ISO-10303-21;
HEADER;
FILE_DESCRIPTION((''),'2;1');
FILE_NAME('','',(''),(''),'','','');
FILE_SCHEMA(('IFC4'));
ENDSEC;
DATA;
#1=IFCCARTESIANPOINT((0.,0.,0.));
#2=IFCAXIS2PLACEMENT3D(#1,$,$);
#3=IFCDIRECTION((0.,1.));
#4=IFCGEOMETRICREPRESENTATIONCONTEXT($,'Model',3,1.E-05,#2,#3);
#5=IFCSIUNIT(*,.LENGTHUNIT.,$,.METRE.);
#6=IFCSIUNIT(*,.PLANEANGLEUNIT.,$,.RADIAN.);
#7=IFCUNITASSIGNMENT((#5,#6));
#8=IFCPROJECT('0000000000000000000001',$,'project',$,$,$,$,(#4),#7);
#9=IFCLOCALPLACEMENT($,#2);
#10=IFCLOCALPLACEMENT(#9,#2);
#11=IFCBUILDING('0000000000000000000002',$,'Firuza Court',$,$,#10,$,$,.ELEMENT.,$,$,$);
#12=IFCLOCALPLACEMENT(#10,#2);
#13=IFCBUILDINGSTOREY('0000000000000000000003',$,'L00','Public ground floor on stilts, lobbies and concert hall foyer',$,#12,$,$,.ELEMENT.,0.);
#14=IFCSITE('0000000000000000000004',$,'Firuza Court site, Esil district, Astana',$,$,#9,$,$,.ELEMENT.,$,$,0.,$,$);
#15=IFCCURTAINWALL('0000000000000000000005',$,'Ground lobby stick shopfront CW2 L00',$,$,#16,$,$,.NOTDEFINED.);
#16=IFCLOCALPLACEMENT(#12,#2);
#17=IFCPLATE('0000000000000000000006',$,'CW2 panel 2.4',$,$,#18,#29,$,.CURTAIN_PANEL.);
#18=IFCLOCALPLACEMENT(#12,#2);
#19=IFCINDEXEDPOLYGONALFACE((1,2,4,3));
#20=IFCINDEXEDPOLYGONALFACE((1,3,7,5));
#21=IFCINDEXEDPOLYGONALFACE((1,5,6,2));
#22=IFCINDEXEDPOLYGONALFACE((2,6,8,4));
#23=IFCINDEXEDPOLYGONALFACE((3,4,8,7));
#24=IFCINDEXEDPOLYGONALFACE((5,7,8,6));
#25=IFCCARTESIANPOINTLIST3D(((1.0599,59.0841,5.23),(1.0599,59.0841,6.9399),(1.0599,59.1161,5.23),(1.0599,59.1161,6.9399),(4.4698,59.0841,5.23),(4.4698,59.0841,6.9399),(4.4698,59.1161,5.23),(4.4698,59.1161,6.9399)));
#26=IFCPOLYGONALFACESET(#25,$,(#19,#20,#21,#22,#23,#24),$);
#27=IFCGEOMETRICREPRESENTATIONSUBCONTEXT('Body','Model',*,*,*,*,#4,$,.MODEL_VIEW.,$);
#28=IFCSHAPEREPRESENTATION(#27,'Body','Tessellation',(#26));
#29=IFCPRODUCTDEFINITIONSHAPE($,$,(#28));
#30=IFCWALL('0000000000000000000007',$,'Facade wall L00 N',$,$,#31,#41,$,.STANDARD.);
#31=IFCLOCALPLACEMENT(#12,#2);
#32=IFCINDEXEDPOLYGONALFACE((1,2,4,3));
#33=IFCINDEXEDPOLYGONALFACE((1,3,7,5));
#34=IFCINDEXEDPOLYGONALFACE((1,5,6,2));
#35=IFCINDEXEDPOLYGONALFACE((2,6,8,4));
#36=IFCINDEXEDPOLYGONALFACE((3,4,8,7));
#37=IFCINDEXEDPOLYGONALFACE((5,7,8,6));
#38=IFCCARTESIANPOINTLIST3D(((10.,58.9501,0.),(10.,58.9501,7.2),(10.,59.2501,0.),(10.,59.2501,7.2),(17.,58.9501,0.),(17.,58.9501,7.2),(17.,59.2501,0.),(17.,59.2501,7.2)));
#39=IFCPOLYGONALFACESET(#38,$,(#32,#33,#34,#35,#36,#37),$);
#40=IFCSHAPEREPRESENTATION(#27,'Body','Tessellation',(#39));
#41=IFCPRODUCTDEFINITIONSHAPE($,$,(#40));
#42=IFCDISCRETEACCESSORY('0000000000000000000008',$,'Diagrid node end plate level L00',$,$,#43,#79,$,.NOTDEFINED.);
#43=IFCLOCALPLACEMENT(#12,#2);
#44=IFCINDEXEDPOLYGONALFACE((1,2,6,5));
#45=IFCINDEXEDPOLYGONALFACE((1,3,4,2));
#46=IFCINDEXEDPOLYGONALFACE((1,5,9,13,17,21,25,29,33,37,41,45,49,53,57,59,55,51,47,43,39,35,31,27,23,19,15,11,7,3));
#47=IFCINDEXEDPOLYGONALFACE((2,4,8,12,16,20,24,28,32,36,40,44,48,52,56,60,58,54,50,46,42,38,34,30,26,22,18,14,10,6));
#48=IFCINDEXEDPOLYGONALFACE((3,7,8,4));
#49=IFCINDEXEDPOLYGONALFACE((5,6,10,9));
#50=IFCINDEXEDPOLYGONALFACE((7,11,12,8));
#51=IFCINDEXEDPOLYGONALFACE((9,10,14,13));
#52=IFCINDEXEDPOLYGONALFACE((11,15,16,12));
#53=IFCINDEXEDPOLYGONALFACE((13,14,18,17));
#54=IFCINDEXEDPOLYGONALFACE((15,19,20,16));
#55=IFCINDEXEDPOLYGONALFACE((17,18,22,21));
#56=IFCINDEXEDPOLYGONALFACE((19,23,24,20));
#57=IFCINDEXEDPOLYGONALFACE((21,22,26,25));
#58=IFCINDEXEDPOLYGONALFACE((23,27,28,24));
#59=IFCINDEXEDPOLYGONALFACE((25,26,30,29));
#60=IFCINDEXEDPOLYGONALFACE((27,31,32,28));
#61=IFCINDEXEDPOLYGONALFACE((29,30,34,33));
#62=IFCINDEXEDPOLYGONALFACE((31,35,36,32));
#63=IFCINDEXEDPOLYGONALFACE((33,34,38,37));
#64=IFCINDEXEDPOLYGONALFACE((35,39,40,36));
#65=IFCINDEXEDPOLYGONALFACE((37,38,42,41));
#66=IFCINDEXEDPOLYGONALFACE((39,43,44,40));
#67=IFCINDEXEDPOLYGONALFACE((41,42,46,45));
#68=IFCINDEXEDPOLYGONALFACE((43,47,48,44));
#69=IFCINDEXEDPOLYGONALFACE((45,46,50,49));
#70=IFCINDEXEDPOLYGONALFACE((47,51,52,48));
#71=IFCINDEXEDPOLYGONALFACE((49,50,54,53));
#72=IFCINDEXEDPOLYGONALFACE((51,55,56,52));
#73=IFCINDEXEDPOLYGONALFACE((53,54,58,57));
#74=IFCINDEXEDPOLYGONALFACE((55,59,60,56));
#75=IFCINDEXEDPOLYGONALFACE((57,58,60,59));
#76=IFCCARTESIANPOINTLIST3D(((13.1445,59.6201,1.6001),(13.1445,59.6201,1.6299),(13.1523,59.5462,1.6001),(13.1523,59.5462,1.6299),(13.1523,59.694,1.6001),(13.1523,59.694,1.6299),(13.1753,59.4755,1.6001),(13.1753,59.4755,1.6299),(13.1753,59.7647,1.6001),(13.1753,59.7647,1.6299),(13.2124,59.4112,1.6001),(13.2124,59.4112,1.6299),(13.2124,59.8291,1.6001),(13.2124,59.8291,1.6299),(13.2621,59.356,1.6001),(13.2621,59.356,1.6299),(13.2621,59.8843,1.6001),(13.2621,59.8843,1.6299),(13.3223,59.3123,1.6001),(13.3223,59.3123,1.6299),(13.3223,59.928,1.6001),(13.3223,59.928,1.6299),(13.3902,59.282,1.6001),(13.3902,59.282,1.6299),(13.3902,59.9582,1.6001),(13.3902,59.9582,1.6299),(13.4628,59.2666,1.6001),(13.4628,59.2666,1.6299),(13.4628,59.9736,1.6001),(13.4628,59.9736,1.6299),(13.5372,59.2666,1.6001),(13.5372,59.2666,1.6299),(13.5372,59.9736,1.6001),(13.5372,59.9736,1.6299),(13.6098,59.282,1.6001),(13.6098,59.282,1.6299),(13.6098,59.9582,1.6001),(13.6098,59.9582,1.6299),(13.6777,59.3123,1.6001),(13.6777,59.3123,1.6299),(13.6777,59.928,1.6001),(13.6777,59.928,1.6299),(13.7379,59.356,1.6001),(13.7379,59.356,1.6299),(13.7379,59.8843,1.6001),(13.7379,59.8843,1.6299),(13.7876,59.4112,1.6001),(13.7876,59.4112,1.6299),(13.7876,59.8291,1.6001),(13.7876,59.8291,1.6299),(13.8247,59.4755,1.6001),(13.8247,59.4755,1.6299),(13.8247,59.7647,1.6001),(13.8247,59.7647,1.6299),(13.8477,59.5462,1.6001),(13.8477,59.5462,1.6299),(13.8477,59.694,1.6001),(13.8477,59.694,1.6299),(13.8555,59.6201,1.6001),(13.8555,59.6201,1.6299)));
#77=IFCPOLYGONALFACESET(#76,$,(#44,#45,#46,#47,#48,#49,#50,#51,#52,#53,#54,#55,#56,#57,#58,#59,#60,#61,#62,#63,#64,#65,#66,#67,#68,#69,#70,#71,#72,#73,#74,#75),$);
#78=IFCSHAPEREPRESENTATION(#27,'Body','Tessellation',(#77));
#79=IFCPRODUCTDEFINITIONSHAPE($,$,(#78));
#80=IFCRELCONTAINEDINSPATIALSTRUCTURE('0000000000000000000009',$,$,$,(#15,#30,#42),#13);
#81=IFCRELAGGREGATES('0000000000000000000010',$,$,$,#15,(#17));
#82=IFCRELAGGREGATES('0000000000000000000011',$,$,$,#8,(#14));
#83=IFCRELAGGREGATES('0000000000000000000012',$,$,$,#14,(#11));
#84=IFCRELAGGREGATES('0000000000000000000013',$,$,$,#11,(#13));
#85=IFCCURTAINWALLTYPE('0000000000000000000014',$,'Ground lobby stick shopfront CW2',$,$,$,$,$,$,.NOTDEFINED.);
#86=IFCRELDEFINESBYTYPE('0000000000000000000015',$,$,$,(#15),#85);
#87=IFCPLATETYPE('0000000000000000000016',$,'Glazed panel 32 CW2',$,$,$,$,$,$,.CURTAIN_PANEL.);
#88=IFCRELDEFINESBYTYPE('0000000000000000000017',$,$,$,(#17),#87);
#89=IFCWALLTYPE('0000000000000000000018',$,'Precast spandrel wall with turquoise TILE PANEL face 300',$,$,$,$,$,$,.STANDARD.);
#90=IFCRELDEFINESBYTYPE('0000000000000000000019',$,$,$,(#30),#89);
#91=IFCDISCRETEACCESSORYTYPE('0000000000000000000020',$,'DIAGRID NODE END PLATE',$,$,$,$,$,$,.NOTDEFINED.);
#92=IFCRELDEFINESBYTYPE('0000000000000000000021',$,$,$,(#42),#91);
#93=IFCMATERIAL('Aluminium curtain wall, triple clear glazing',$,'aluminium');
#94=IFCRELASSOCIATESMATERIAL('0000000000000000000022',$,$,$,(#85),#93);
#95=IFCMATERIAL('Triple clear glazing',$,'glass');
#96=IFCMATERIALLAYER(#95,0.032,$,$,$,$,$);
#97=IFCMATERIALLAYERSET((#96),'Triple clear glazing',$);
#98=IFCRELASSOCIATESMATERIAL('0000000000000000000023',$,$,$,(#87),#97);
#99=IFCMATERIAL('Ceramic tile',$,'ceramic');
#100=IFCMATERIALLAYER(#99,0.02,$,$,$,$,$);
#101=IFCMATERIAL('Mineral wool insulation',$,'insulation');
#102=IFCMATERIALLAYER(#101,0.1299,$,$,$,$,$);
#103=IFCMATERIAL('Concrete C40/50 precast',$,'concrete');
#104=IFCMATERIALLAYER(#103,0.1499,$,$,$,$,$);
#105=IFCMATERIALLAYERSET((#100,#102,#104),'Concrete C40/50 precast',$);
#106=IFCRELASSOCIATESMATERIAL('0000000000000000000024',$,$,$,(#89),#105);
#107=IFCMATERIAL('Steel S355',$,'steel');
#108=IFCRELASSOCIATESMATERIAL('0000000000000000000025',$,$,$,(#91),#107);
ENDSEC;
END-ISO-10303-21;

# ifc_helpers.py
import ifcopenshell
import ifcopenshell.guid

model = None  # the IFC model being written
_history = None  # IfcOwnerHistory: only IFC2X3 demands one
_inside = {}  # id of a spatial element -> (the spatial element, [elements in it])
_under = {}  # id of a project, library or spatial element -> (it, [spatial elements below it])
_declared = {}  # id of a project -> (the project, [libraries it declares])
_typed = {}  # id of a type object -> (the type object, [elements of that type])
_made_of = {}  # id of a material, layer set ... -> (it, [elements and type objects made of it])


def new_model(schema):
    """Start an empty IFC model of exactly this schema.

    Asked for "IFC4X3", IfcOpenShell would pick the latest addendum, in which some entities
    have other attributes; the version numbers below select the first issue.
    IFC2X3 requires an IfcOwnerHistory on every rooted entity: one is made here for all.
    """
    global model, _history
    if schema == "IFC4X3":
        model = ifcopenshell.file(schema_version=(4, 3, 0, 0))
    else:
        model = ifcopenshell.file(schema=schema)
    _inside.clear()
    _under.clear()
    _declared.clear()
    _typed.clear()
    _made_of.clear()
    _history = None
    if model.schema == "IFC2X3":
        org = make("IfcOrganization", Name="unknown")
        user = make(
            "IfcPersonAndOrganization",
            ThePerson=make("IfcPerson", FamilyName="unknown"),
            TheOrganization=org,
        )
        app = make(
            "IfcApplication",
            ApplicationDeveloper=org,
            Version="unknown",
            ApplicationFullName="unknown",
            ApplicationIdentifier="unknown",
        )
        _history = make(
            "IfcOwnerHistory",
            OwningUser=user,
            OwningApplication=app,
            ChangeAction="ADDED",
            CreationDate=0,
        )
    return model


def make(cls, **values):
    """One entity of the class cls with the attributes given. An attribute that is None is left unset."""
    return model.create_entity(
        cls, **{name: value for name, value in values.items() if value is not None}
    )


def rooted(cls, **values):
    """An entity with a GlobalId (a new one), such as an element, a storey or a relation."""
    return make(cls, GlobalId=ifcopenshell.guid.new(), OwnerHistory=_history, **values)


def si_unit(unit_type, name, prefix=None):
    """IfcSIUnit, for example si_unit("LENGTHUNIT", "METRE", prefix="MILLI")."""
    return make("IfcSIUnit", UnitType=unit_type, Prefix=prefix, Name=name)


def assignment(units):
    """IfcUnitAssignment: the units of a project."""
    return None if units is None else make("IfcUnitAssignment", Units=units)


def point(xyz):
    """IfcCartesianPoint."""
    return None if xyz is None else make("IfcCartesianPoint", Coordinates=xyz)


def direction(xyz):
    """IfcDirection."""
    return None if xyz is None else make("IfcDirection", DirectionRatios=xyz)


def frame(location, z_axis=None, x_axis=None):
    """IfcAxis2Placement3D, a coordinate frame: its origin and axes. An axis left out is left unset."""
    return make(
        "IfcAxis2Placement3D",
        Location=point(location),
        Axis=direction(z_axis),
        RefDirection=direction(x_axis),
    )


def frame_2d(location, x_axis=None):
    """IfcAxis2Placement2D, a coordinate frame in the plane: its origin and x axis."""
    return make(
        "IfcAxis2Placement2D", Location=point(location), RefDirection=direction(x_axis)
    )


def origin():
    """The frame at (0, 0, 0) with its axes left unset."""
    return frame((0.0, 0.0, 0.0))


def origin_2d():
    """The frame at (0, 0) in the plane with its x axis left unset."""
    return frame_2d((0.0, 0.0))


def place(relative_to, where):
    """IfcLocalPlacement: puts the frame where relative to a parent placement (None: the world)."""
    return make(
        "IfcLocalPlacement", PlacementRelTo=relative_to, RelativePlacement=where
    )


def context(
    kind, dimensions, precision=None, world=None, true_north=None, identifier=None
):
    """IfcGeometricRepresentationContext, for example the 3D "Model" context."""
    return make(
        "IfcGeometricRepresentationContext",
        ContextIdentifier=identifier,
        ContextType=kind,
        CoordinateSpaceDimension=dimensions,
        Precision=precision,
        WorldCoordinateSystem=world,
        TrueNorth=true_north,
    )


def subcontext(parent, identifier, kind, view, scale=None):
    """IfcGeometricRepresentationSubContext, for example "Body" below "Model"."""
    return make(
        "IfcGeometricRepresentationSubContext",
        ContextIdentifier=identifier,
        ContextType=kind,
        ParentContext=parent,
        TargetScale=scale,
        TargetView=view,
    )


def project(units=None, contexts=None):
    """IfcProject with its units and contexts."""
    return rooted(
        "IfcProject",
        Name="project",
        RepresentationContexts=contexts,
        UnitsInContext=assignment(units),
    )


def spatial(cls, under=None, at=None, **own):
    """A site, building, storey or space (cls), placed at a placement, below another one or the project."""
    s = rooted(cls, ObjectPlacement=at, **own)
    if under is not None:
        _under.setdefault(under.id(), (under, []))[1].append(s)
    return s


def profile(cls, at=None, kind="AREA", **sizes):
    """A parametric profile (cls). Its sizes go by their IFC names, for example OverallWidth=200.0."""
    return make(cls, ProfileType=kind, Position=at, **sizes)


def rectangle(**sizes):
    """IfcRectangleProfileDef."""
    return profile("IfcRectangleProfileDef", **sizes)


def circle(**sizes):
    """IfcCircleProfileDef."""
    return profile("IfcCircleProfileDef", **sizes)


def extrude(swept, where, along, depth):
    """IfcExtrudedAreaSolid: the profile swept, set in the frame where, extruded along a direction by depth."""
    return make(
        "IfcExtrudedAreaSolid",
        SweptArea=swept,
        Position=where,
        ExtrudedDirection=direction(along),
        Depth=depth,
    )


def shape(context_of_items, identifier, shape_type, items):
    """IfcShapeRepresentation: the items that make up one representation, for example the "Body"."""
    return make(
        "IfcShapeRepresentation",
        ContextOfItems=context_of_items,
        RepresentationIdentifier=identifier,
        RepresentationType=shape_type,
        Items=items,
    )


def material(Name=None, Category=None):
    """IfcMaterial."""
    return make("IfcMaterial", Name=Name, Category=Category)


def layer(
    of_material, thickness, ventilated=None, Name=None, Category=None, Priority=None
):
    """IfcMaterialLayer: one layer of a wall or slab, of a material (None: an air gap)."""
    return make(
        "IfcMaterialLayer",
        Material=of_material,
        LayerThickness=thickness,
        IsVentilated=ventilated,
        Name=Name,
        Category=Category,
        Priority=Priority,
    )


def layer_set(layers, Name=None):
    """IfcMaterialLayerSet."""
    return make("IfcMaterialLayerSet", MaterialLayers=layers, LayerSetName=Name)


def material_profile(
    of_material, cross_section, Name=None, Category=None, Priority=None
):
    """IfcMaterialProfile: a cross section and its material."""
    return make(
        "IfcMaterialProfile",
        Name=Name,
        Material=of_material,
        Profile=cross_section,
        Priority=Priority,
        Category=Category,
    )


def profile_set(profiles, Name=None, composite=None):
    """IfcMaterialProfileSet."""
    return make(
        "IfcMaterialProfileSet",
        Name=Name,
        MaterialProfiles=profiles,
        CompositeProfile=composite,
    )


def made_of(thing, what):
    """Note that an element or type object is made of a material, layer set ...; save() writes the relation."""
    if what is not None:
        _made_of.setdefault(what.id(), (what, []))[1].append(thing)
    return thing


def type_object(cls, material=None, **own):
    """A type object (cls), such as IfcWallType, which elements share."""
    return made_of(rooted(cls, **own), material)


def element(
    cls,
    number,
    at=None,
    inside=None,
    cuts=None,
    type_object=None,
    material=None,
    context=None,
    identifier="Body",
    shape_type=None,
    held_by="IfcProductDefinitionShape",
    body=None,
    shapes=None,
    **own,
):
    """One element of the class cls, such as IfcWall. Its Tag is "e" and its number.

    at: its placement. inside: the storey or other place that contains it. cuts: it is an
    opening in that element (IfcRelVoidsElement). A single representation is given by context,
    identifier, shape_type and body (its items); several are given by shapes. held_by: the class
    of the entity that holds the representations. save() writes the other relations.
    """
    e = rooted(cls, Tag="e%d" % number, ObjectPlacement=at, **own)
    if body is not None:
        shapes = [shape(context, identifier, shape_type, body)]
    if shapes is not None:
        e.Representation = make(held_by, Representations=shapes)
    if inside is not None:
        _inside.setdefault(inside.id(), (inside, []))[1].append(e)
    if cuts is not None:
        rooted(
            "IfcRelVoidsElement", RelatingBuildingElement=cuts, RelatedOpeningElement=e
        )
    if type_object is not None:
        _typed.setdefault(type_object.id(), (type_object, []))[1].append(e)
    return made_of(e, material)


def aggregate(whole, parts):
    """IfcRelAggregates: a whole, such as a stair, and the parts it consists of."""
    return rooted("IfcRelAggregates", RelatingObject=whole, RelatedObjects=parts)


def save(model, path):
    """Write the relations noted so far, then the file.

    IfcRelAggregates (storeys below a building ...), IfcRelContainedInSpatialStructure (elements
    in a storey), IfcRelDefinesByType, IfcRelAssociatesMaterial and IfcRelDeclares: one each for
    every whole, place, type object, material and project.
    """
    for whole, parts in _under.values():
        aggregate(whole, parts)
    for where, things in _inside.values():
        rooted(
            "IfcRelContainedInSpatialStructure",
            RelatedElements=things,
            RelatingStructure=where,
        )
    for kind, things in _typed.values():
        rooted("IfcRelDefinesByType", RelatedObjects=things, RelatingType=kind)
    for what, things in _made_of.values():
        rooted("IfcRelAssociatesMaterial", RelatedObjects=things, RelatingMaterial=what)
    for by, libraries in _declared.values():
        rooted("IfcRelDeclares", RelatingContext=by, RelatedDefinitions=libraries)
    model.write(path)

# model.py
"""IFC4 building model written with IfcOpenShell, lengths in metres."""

from ifc_helpers import new_model, si_unit, direction, frame, frame_2d, origin, origin_2d, place, context, subcontext, project, spatial, rectangle, circle, extrude, material, layer, layer_set, material_profile, profile_set, type_object, element, aggregate, save


model = new_model("IFC4")

# Units and contexts
model_context = context("Model", 3, precision=1e-05, world=origin(), true_north=direction((0.0, 1.0)))
body_context = subcontext(model_context, "Body", "Model", "MODEL_VIEW")
ifc_project = project(units=[si_unit("LENGTHUNIT", "METRE"), si_unit("PLANEANGLEUNIT", "RADIAN")], contexts=[model_context])

# Site, building, storey
site_placement = place(None, origin())
site = spatial("IfcSite", under=ifc_project, at=site_placement, Name="Firuza Court site, Esil district, Astana", CompositionType="ELEMENT", RefElevation=0.0)
building_placement = place(site_placement, origin())
building = spatial("IfcBuilding", under=site, at=building_placement, Name="Firuza Court", CompositionType="ELEMENT")
storey_placement = place(building_placement, origin())
storey = spatial("IfcBuildingStorey", under=building, at=storey_placement, Name="L00", Description="Public ground floor on stilts, lobbies and concert hall foyer", CompositionType="ELEMENT", Elevation=0.0)

# Shared definitions
ifc_material_1 = material(Name="Aluminium curtain wall, triple clear glazing", Category="aluminium")
curtain_wall_type = type_object("IfcCurtainWallType", Name="Ground lobby stick shopfront CW2", PredefinedType="NOTDEFINED", material=ifc_material_1)

# Curtain wall
curtain_wall_1_placement = place(storey_placement, origin())
curtain_wall_1 = element("IfcCurtainWall", 1, at=curtain_wall_1_placement, inside=storey, type_object=curtain_wall_type, Name="Ground lobby stick shopfront CW2 L00", PredefinedType="NOTDEFINED")

# Plate
ifc_material_2 = material(Name="Triple clear glazing", Category="glass")
ifc_layer_1 = layer(ifc_material_2, 0.032)
ifc_layer_set_1 = layer_set([ifc_layer_1], Name="Triple clear glazing")
plate_type = type_object("IfcPlateType", Name="Glazed panel 32 CW2", PredefinedType="CURTAIN_PANEL", material=ifc_layer_set_1)
plate_1_placement = place(storey_placement, frame((2.7649, 59.1001, 5.23), z_axis=(0.0, 0.0, 1.0), x_axis=(-1.0, 0.0, 0.0)))
plate_1 = element("IfcPlate", 2, at=plate_1_placement, type_object=plate_type, Name="CW2 panel 2.4", PredefinedType="CURTAIN_PANEL", context=body_context, shape_type="SweptSolid", body=[
    extrude(rectangle(XDim=3.4099, YDim=0.032, at=origin_2d()), origin(), (0.0, 0.0, 1.0), 1.71),
])
aggregate(curtain_wall_1, [plate_1])

# Wall
ifc_material_3 = material(Name="Ceramic tile", Category="ceramic")
ifc_layer_2 = layer(ifc_material_3, 0.02)
ifc_material_4 = material(Name="Mineral wool insulation", Category="insulation")
ifc_layer_3 = layer(ifc_material_4, 0.1299)
ifc_material_5 = material(Name="Concrete C40/50 precast", Category="concrete")
ifc_layer_4 = layer(ifc_material_5, 0.1499)
ifc_layer_set_2 = layer_set([ifc_layer_2, ifc_layer_3, ifc_layer_4], Name="Concrete C40/50 precast")
wall_type = type_object("IfcWallType", Name="Precast spandrel wall with turquoise TILE PANEL face 300", PredefinedType="STANDARD", material=ifc_layer_set_2)
wall_placement = place(storey_placement, frame((17.0, 59.1001, 0.0), z_axis=(0.0, 0.0, 1.0), x_axis=(-1.0, 0.0, 0.0)))
element("IfcWall", 3, at=wall_placement, inside=storey, type_object=wall_type, Name="Facade wall L00 N", PredefinedType="STANDARD", context=body_context, shape_type="SweptSolid", body=[
    extrude(rectangle(XDim=7.0, YDim=0.3, at=frame_2d((3.5, 0.0))), origin(), (0.0, 0.0, 1.0), 7.2),
])

# Discrete accessory
ifc_material_6 = material(Name="Steel S355", Category="steel")
ifc_material_profile_1 = material_profile(ifc_material_6, circle(Radius=0.3555, at=origin_2d()), Name="PL D711")
ifc_profile_set_1 = profile_set([ifc_material_profile_1], Name="Steel S355")
discrete_accessory_type = type_object("IfcDiscreteAccessoryType", Name="DIAGRID NODE END PLATE", PredefinedType="NOTDEFINED", material=ifc_profile_set_1)
discrete_accessory_placement = place(storey_placement, frame((13.5, 59.6201, 1.6001), z_axis=(0.0, 0.0, 1.0), x_axis=(1.0, 0.0, 0.0)))
element("IfcDiscreteAccessory", 4, at=discrete_accessory_placement, inside=storey, type_object=discrete_accessory_type, Name="Diagrid node end plate level L00", PredefinedType="NOTDEFINED", context=body_context, shape_type="SweptSolid", body=[
    extrude(circle(Radius=0.3555, at=origin_2d()), origin(), (0.0, 0.0, 1.0), 0.0298),
])

save(model, "model.ifc")
